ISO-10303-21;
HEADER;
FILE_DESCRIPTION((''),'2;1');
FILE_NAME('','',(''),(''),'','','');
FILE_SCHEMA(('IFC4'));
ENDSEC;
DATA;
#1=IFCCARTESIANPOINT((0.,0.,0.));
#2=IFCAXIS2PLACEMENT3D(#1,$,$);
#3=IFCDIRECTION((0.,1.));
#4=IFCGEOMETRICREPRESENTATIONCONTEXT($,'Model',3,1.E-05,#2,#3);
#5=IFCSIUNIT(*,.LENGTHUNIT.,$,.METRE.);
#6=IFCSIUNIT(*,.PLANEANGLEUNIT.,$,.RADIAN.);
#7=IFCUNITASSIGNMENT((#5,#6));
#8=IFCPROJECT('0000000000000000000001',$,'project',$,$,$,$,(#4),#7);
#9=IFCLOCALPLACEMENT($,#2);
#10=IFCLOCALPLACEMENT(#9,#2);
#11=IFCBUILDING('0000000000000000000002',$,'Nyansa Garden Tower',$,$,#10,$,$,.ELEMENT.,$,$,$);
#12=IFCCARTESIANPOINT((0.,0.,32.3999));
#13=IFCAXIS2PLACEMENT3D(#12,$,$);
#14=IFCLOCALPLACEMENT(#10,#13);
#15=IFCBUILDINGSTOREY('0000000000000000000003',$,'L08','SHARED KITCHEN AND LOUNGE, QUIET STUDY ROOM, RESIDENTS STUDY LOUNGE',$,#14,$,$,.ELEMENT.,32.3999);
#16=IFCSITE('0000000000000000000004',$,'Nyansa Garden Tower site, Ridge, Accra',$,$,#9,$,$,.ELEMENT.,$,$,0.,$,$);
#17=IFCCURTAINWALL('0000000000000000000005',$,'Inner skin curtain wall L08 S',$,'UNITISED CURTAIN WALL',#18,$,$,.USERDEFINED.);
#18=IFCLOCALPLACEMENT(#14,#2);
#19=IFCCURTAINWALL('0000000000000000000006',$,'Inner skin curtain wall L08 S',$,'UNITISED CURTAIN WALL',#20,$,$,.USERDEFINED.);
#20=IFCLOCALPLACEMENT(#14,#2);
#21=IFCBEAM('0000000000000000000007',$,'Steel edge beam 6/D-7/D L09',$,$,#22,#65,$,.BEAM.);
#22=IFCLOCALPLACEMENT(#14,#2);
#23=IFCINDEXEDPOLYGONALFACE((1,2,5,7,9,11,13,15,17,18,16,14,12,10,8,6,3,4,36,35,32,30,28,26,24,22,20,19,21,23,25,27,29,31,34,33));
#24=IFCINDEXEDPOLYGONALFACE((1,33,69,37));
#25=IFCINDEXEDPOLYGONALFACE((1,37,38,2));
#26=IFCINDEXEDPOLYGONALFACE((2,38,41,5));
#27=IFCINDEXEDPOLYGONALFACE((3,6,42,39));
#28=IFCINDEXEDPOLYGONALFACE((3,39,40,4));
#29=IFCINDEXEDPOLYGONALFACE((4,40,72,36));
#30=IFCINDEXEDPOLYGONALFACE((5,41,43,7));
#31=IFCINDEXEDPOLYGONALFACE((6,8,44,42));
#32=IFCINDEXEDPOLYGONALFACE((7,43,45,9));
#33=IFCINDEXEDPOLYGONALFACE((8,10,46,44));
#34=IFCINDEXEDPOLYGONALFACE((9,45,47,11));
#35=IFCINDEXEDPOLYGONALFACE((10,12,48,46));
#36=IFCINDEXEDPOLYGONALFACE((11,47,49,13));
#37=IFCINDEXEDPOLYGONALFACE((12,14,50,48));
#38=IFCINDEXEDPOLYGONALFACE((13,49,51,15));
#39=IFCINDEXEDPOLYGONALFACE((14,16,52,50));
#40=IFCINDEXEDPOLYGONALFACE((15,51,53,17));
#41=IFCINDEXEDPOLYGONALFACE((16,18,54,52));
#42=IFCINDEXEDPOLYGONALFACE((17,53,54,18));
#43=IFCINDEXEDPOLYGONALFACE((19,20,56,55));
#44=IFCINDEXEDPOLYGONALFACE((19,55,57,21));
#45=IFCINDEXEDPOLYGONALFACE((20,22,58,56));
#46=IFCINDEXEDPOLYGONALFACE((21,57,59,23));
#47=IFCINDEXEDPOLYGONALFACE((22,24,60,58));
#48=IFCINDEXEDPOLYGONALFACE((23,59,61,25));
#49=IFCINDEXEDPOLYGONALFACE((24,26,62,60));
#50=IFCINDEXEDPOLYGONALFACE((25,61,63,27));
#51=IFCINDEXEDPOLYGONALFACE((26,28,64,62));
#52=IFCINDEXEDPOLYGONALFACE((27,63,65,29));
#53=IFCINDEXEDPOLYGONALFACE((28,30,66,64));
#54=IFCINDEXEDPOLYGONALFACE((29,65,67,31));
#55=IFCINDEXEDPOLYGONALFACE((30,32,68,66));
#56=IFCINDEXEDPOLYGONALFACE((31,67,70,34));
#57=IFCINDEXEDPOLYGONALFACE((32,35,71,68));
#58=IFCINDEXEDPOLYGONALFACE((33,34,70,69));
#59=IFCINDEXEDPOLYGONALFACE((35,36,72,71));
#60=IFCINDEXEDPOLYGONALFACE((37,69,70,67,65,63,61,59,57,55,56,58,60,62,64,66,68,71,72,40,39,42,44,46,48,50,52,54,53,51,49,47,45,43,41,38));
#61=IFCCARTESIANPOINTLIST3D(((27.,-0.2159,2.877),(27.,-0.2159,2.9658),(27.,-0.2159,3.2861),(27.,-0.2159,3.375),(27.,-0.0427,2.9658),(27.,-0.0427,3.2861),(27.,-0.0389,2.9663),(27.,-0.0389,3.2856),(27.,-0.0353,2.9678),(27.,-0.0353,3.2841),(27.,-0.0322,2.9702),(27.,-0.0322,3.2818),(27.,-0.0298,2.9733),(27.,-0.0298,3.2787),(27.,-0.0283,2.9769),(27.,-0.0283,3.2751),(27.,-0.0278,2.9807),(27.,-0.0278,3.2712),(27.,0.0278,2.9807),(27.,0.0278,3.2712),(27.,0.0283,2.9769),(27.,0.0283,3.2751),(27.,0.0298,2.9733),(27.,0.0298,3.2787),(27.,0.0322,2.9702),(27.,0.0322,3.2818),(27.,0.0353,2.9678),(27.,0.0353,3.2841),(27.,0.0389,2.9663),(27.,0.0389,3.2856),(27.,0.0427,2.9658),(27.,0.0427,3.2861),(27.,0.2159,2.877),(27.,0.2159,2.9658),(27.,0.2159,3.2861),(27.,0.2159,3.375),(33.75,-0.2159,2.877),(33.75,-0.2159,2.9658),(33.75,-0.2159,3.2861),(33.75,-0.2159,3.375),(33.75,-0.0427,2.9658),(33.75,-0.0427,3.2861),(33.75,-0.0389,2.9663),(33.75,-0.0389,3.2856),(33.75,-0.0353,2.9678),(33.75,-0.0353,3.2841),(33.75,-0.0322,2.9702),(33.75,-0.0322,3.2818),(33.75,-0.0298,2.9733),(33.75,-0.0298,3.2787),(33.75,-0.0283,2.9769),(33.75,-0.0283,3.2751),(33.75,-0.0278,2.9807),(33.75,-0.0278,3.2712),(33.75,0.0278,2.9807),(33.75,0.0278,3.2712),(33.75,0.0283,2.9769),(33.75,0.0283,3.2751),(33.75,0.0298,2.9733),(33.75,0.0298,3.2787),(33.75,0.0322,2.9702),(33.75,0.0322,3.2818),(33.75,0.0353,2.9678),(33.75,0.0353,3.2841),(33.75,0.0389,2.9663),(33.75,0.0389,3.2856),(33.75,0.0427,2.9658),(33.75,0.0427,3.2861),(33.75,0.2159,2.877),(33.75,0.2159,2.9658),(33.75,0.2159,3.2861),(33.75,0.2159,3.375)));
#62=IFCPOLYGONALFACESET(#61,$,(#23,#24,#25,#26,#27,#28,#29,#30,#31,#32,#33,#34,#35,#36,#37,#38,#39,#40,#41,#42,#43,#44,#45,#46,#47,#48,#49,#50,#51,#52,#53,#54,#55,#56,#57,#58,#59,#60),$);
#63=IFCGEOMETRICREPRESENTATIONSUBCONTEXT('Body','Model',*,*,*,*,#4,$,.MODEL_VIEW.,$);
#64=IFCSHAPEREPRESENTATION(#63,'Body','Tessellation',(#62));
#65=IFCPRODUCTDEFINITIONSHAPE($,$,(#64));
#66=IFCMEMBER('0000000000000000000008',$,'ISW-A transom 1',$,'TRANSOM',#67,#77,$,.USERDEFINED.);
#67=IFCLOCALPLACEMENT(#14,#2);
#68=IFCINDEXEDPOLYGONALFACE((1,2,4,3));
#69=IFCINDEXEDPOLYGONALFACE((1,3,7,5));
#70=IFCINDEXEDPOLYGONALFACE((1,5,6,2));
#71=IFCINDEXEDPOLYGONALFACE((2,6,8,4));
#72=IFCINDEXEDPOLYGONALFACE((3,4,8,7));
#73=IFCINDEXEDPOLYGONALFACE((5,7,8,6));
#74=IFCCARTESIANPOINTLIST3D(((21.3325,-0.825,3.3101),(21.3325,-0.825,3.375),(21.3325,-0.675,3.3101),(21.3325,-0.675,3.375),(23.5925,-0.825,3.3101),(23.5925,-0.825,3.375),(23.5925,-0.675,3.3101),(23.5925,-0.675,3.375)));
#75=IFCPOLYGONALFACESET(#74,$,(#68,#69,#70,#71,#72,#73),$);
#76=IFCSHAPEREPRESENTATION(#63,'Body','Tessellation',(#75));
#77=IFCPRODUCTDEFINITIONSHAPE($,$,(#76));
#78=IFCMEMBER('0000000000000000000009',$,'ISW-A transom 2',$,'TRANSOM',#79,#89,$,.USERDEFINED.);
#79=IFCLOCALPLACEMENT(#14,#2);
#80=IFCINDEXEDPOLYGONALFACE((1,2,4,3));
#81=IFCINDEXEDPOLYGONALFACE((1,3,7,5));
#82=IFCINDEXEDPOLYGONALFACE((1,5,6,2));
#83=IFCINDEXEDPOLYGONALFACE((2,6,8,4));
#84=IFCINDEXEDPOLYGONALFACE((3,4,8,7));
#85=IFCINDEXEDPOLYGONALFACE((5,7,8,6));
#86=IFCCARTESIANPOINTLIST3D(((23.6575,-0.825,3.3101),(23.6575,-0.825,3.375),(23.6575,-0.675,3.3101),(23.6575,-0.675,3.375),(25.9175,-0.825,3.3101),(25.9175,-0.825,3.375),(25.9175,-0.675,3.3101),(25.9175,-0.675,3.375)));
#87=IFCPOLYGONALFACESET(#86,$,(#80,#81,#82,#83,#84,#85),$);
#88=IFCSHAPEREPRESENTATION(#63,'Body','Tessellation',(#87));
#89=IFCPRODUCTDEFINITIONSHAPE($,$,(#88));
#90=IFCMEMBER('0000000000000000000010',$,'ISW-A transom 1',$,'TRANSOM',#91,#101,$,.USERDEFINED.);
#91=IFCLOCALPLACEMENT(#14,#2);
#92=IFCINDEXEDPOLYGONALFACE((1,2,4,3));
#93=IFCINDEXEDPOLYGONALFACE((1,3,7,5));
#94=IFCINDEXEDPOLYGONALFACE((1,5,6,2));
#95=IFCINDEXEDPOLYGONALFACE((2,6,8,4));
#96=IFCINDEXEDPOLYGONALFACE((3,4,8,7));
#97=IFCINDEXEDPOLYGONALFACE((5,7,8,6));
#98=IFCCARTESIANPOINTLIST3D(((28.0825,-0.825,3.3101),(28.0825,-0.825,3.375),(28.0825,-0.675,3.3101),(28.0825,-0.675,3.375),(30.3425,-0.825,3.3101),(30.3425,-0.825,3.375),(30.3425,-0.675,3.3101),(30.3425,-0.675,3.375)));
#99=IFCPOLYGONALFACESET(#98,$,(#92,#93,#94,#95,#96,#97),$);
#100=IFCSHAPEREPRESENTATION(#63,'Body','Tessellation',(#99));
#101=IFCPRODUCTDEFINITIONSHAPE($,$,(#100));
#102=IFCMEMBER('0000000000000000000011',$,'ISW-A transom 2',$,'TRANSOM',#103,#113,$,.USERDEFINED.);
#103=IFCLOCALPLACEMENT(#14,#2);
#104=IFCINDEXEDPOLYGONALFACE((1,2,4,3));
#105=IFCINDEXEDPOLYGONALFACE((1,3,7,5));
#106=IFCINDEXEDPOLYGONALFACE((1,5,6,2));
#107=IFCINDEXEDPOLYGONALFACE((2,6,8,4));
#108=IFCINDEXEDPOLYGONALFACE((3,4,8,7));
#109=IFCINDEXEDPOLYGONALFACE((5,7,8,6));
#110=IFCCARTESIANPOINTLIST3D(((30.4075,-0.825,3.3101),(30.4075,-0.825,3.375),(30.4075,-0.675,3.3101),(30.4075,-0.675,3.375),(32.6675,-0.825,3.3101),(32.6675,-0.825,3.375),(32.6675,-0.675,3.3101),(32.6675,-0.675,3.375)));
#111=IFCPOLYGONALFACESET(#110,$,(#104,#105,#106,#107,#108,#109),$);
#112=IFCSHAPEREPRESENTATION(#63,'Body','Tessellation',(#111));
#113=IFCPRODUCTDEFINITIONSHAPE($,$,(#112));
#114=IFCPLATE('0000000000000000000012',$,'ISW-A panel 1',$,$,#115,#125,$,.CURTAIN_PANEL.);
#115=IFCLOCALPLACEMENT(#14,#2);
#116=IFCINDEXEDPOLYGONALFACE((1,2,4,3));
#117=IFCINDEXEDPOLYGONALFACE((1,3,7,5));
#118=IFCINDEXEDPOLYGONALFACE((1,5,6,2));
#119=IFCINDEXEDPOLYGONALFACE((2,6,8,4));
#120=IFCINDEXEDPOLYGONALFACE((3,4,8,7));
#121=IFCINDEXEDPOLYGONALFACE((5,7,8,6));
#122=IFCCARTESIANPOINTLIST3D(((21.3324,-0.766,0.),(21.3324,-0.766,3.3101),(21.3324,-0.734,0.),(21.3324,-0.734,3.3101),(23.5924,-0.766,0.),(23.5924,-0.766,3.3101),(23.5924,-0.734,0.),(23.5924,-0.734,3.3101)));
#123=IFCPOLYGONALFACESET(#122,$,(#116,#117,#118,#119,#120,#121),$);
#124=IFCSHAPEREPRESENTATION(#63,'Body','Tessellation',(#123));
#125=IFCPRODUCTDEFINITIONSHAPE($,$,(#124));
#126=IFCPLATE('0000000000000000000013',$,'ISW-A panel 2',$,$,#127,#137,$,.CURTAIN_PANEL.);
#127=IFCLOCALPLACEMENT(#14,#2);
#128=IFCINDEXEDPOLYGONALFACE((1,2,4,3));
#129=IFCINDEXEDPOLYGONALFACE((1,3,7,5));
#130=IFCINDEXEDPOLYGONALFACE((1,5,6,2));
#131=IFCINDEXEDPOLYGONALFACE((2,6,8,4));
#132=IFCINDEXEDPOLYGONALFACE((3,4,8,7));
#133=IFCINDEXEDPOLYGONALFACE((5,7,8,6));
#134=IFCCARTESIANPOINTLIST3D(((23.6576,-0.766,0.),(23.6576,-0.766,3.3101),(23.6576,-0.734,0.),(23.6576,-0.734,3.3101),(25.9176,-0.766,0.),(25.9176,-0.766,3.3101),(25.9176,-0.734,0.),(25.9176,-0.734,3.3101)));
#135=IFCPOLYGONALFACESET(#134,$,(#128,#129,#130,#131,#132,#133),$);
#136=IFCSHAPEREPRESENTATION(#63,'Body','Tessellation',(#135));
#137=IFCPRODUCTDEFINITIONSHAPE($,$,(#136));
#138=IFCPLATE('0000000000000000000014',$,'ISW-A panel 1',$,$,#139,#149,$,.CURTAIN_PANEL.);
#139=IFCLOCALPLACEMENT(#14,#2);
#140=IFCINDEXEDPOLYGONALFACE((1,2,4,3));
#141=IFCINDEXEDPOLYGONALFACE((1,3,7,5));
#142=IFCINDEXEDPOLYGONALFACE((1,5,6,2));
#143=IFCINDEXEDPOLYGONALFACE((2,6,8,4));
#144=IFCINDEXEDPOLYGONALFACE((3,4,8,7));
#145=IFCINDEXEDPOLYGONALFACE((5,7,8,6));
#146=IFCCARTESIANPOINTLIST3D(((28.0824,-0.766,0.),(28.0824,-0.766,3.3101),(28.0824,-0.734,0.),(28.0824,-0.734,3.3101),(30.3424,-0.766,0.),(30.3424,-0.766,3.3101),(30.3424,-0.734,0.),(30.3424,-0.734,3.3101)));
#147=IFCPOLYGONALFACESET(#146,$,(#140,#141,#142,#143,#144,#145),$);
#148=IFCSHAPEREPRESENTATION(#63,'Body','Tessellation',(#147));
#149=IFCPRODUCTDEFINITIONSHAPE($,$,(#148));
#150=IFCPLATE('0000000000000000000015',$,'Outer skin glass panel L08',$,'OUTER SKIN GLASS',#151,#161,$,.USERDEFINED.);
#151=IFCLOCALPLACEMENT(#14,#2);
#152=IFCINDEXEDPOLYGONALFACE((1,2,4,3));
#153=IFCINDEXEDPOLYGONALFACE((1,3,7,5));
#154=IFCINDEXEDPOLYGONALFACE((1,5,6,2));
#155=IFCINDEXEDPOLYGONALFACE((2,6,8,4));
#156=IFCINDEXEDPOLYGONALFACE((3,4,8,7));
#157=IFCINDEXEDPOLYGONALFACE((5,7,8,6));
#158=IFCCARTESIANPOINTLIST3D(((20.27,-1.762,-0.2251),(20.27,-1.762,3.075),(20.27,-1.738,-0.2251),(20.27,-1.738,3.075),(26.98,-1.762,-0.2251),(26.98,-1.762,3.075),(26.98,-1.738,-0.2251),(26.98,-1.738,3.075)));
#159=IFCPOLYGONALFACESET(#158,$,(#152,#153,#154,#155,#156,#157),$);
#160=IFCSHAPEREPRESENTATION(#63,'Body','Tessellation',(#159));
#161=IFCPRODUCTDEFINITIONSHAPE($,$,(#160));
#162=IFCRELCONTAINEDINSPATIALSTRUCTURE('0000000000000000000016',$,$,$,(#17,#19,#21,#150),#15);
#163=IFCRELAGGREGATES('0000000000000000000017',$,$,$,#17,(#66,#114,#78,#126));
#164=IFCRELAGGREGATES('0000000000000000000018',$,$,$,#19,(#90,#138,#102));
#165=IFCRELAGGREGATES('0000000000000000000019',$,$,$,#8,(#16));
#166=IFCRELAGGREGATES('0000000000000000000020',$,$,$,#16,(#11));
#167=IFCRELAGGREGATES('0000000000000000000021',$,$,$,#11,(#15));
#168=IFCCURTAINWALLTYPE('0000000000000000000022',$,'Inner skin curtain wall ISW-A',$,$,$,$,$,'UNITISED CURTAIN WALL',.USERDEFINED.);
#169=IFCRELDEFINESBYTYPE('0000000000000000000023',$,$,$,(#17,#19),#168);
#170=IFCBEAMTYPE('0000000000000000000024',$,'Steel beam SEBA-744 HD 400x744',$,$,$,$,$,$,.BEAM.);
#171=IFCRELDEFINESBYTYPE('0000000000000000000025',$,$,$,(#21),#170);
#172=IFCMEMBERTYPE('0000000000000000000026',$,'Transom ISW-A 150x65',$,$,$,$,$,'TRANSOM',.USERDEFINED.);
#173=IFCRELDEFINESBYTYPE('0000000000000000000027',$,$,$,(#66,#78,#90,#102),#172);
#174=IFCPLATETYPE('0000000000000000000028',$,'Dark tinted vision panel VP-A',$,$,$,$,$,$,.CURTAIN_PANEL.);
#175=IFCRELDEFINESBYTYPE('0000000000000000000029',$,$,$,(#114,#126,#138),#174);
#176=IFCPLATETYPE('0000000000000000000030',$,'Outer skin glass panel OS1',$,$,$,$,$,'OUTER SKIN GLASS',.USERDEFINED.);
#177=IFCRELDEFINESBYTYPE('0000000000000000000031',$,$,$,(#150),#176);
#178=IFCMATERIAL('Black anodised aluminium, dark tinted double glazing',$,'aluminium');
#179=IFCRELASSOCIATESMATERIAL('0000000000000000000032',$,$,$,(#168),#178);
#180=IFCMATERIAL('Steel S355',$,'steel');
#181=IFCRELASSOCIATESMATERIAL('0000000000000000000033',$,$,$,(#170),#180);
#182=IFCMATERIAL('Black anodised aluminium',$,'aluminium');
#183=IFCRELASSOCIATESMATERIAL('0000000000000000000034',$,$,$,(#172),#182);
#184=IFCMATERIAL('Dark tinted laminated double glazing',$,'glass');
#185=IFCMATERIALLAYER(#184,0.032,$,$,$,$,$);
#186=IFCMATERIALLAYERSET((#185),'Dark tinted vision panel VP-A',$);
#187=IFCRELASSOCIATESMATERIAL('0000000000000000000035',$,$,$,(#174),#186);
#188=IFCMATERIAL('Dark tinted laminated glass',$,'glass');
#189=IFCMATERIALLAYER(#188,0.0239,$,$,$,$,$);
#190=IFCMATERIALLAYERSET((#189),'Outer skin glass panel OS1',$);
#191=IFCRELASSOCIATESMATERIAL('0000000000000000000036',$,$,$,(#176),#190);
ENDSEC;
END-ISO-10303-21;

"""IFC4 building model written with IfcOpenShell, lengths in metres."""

from ifc_helpers import new_model, si_unit, direction, frame, origin, origin_2d, place, context, subcontext, project, spatial, rectangle, i_section, extrude, material, layer, layer_set, material_profile, profile_set, type_object, element, aggregate, save


model = new_model("IFC4")

# Units and contexts
model_context = context("Model", 3, precision=1e-05, world=origin(), true_north=direction((0.0, 1.0)))
body_context = subcontext(model_context, "Body", "Model", "MODEL_VIEW")
ifc_project = project(units=[si_unit("LENGTHUNIT", "METRE"), si_unit("PLANEANGLEUNIT", "RADIAN")], contexts=[model_context])

# Site, building, storey
site_placement = place(None, origin())
site = spatial("IfcSite", under=ifc_project, at=site_placement, Name="Nyansa Garden Tower site, Ridge, Accra", CompositionType="ELEMENT", RefElevation=0.0)
building_placement = place(site_placement, origin())
building = spatial("IfcBuilding", under=site, at=building_placement, Name="Nyansa Garden Tower", CompositionType="ELEMENT")
storey_placement = place(building_placement, frame((0.0, 0.0, 32.3999)))
storey = spatial("IfcBuildingStorey", under=building, at=storey_placement, Name="L08", Description="SHARED KITCHEN AND LOUNGE, QUIET STUDY ROOM, RESIDENTS STUDY LOUNGE", CompositionType="ELEMENT", Elevation=32.3999)

# Curtain walls
ifc_material_1 = material(Name="Black anodised aluminium, dark tinted double glazing", Category="aluminium")
curtain_wall_type = type_object("IfcCurtainWallType", Name="Inner skin curtain wall ISW-A", ElementType="UNITISED CURTAIN WALL", PredefinedType="USERDEFINED", material=ifc_material_1)
curtain_wall_1_placement = place(storey_placement, origin())
curtain_wall_1 = element("IfcCurtainWall", 1, at=curtain_wall_1_placement, inside=storey, type_object=curtain_wall_type, Name="Inner skin curtain wall L08 S", ObjectType="UNITISED CURTAIN WALL", PredefinedType="USERDEFINED")
curtain_wall_2_placement = place(storey_placement, origin())
curtain_wall_2 = element("IfcCurtainWall", 2, at=curtain_wall_2_placement, inside=storey, type_object=curtain_wall_type, Name="Inner skin curtain wall L08 S", ObjectType="UNITISED CURTAIN WALL", PredefinedType="USERDEFINED")

# Beam
ifc_material_2 = material(Name="Steel S355", Category="steel")
ifc_material_profile_1 = material_profile(ifc_material_2, i_section(OverallWidth=0.4319, OverallDepth=0.498, WebThickness=0.0557, FlangeThickness=0.0889, FilletRadius=0.0149, at=origin_2d()), Name="HD 400x744")
ifc_profile_set_1 = profile_set([ifc_material_profile_1], Name="Steel S355")
beam_type_1 = type_object("IfcBeamType", Name="Steel beam SEBA-744 HD 400x744", PredefinedType="BEAM", material=ifc_profile_set_1)
beam_1_placement = place(storey_placement, frame((27.0, 0.0, 3.126), z_axis=(1.0, 0.0, 0.0), x_axis=(0.0, 1.0, 0.0)))
element("IfcBeam", 3, at=beam_1_placement, inside=storey, type_object=beam_type_1, Name="Steel edge beam 6/D-7/D L09", PredefinedType="BEAM", context=body_context, shape_type="SweptSolid", body=[
    extrude(i_section(OverallWidth=0.4319, OverallDepth=0.498, WebThickness=0.0557, FlangeThickness=0.0889, FilletRadius=0.0149, at=origin_2d()), origin(), (0.0, 0.0, 1.0), 6.75),
])

# Members
ifc_material_3 = material(Name="Black anodised aluminium", Category="aluminium")
ifc_material_profile_2 = material_profile(ifc_material_3, rectangle(XDim=0.1499, YDim=0.0649, at=origin_2d()), Name="Transom 150x65")
ifc_profile_set_2 = profile_set([ifc_material_profile_2], Name="Black anodised aluminium")
member_type_1 = type_object("IfcMemberType", Name="Transom ISW-A 150x65", ElementType="TRANSOM", PredefinedType="USERDEFINED", material=ifc_profile_set_2)
member_1_placement = place(storey_placement, frame((21.3325, -0.75, 3.3425), z_axis=(1.0, 0.0, 0.0), x_axis=(0.0, 1.0, 0.0)))
member_1 = element("IfcMember", 4, at=member_1_placement, type_object=member_type_1, Name="ISW-A transom 1", ObjectType="TRANSOM", PredefinedType="USERDEFINED", context=body_context, shape_type="SweptSolid", body=[
    extrude(rectangle(XDim=0.1499, YDim=0.0649, at=origin_2d()), origin(), (0.0, 0.0, 1.0), 2.26),
])
member_2_placement = place(storey_placement, frame((23.6575, -0.75, 3.3425), z_axis=(1.0, 0.0, 0.0), x_axis=(0.0, 1.0, 0.0)))
member_2 = element("IfcMember", 5, at=member_2_placement, type_object=member_type_1, Name="ISW-A transom 2", ObjectType="TRANSOM", PredefinedType="USERDEFINED", context=body_context, shape_type="SweptSolid", body=[
    extrude(rectangle(XDim=0.1499, YDim=0.0649, at=origin_2d()), origin(), (0.0, 0.0, 1.0), 2.26),
])
member_3_placement = place(storey_placement, frame((28.0825, -0.75, 3.3425), z_axis=(1.0, 0.0, 0.0), x_axis=(0.0, 1.0, 0.0)))
member_3 = element("IfcMember", 6, at=member_3_placement, type_object=member_type_1, Name="ISW-A transom 1", ObjectType="TRANSOM", PredefinedType="USERDEFINED", context=body_context, shape_type="SweptSolid", body=[
    extrude(rectangle(XDim=0.1499, YDim=0.0649, at=origin_2d()), origin(), (0.0, 0.0, 1.0), 2.26),
])
member_4_placement = place(storey_placement, frame((30.4075, -0.75, 3.3425), z_axis=(1.0, 0.0, 0.0), x_axis=(0.0, 1.0, 0.0)))
member_4 = element("IfcMember", 7, at=member_4_placement, type_object=member_type_1, Name="ISW-A transom 2", ObjectType="TRANSOM", PredefinedType="USERDEFINED", context=body_context, shape_type="SweptSolid", body=[
    extrude(rectangle(XDim=0.1499, YDim=0.0649, at=origin_2d()), origin(), (0.0, 0.0, 1.0), 2.26),
])

# Plates
ifc_material_4 = material(Name="Dark tinted laminated double glazing", Category="glass")
ifc_layer_1 = layer(ifc_material_4, 0.032)
ifc_layer_set_1 = layer_set([ifc_layer_1], Name="Dark tinted vision panel VP-A")
plate_type_1 = type_object("IfcPlateType", Name="Dark tinted vision panel VP-A", PredefinedType="CURTAIN_PANEL", material=ifc_layer_set_1)
plate_1_placement = place(storey_placement, frame((22.4624, -0.75, 0.0), z_axis=(0.0, 0.0, 1.0), x_axis=(1.0, 0.0, 0.0)))
plate_1 = element("IfcPlate", 8, at=plate_1_placement, type_object=plate_type_1, Name="ISW-A panel 1", PredefinedType="CURTAIN_PANEL", context=body_context, shape_type="SweptSolid", body=[
    extrude(rectangle(XDim=2.26, YDim=0.032, at=origin_2d()), origin(), (0.0, 0.0, 1.0), 3.3101),
])
plate_2_placement = place(storey_placement, frame((24.7876, -0.75, 0.0), z_axis=(0.0, 0.0, 1.0), x_axis=(1.0, 0.0, 0.0)))
plate_2 = element("IfcPlate", 9, at=plate_2_placement, type_object=plate_type_1, Name="ISW-A panel 2", PredefinedType="CURTAIN_PANEL", context=body_context, shape_type="SweptSolid", body=[
    extrude(rectangle(XDim=2.26, YDim=0.032, at=origin_2d()), origin(), (0.0, 0.0, 1.0), 3.3101),
])
aggregate(curtain_wall_1, [member_1, plate_1, member_2, plate_2])
plate_3_placement = place(storey_placement, frame((29.2124, -0.75, 0.0), z_axis=(0.0, 0.0, 1.0), x_axis=(1.0, 0.0, 0.0)))
plate_3 = element("IfcPlate", 10, at=plate_3_placement, type_object=plate_type_1, Name="ISW-A panel 1", PredefinedType="CURTAIN_PANEL", context=body_context, shape_type="SweptSolid", body=[
    extrude(rectangle(XDim=2.26, YDim=0.032, at=origin_2d()), origin(), (0.0, 0.0, 1.0), 3.3101),
])
aggregate(curtain_wall_2, [member_3, plate_3, member_4])
ifc_material_5 = material(Name="Dark tinted laminated glass", Category="glass")
ifc_layer_2 = layer(ifc_material_5, 0.0239)
ifc_layer_set_2 = layer_set([ifc_layer_2], Name="Outer skin glass panel OS1")
plate_type_2 = type_object("IfcPlateType", Name="Outer skin glass panel OS1", ElementType="OUTER SKIN GLASS", PredefinedType="USERDEFINED", material=ifc_layer_set_2)
plate_4_placement = place(storey_placement, frame((23.625, -1.75, -0.2251), z_axis=(0.0, 0.0, 1.0), x_axis=(1.0, 0.0, 0.0)))
element("IfcPlate", 11, at=plate_4_placement, inside=storey, type_object=plate_type_2, Name="Outer skin glass panel L08", ObjectType="OUTER SKIN GLASS", PredefinedType="USERDEFINED", context=body_context, shape_type="SweptSolid", body=[
    extrude(rectangle(XDim=6.71, YDim=0.0239, at=origin_2d()), origin(), (0.0, 0.0, 1.0), 3.3),
])

save(model, "model.ifc")
